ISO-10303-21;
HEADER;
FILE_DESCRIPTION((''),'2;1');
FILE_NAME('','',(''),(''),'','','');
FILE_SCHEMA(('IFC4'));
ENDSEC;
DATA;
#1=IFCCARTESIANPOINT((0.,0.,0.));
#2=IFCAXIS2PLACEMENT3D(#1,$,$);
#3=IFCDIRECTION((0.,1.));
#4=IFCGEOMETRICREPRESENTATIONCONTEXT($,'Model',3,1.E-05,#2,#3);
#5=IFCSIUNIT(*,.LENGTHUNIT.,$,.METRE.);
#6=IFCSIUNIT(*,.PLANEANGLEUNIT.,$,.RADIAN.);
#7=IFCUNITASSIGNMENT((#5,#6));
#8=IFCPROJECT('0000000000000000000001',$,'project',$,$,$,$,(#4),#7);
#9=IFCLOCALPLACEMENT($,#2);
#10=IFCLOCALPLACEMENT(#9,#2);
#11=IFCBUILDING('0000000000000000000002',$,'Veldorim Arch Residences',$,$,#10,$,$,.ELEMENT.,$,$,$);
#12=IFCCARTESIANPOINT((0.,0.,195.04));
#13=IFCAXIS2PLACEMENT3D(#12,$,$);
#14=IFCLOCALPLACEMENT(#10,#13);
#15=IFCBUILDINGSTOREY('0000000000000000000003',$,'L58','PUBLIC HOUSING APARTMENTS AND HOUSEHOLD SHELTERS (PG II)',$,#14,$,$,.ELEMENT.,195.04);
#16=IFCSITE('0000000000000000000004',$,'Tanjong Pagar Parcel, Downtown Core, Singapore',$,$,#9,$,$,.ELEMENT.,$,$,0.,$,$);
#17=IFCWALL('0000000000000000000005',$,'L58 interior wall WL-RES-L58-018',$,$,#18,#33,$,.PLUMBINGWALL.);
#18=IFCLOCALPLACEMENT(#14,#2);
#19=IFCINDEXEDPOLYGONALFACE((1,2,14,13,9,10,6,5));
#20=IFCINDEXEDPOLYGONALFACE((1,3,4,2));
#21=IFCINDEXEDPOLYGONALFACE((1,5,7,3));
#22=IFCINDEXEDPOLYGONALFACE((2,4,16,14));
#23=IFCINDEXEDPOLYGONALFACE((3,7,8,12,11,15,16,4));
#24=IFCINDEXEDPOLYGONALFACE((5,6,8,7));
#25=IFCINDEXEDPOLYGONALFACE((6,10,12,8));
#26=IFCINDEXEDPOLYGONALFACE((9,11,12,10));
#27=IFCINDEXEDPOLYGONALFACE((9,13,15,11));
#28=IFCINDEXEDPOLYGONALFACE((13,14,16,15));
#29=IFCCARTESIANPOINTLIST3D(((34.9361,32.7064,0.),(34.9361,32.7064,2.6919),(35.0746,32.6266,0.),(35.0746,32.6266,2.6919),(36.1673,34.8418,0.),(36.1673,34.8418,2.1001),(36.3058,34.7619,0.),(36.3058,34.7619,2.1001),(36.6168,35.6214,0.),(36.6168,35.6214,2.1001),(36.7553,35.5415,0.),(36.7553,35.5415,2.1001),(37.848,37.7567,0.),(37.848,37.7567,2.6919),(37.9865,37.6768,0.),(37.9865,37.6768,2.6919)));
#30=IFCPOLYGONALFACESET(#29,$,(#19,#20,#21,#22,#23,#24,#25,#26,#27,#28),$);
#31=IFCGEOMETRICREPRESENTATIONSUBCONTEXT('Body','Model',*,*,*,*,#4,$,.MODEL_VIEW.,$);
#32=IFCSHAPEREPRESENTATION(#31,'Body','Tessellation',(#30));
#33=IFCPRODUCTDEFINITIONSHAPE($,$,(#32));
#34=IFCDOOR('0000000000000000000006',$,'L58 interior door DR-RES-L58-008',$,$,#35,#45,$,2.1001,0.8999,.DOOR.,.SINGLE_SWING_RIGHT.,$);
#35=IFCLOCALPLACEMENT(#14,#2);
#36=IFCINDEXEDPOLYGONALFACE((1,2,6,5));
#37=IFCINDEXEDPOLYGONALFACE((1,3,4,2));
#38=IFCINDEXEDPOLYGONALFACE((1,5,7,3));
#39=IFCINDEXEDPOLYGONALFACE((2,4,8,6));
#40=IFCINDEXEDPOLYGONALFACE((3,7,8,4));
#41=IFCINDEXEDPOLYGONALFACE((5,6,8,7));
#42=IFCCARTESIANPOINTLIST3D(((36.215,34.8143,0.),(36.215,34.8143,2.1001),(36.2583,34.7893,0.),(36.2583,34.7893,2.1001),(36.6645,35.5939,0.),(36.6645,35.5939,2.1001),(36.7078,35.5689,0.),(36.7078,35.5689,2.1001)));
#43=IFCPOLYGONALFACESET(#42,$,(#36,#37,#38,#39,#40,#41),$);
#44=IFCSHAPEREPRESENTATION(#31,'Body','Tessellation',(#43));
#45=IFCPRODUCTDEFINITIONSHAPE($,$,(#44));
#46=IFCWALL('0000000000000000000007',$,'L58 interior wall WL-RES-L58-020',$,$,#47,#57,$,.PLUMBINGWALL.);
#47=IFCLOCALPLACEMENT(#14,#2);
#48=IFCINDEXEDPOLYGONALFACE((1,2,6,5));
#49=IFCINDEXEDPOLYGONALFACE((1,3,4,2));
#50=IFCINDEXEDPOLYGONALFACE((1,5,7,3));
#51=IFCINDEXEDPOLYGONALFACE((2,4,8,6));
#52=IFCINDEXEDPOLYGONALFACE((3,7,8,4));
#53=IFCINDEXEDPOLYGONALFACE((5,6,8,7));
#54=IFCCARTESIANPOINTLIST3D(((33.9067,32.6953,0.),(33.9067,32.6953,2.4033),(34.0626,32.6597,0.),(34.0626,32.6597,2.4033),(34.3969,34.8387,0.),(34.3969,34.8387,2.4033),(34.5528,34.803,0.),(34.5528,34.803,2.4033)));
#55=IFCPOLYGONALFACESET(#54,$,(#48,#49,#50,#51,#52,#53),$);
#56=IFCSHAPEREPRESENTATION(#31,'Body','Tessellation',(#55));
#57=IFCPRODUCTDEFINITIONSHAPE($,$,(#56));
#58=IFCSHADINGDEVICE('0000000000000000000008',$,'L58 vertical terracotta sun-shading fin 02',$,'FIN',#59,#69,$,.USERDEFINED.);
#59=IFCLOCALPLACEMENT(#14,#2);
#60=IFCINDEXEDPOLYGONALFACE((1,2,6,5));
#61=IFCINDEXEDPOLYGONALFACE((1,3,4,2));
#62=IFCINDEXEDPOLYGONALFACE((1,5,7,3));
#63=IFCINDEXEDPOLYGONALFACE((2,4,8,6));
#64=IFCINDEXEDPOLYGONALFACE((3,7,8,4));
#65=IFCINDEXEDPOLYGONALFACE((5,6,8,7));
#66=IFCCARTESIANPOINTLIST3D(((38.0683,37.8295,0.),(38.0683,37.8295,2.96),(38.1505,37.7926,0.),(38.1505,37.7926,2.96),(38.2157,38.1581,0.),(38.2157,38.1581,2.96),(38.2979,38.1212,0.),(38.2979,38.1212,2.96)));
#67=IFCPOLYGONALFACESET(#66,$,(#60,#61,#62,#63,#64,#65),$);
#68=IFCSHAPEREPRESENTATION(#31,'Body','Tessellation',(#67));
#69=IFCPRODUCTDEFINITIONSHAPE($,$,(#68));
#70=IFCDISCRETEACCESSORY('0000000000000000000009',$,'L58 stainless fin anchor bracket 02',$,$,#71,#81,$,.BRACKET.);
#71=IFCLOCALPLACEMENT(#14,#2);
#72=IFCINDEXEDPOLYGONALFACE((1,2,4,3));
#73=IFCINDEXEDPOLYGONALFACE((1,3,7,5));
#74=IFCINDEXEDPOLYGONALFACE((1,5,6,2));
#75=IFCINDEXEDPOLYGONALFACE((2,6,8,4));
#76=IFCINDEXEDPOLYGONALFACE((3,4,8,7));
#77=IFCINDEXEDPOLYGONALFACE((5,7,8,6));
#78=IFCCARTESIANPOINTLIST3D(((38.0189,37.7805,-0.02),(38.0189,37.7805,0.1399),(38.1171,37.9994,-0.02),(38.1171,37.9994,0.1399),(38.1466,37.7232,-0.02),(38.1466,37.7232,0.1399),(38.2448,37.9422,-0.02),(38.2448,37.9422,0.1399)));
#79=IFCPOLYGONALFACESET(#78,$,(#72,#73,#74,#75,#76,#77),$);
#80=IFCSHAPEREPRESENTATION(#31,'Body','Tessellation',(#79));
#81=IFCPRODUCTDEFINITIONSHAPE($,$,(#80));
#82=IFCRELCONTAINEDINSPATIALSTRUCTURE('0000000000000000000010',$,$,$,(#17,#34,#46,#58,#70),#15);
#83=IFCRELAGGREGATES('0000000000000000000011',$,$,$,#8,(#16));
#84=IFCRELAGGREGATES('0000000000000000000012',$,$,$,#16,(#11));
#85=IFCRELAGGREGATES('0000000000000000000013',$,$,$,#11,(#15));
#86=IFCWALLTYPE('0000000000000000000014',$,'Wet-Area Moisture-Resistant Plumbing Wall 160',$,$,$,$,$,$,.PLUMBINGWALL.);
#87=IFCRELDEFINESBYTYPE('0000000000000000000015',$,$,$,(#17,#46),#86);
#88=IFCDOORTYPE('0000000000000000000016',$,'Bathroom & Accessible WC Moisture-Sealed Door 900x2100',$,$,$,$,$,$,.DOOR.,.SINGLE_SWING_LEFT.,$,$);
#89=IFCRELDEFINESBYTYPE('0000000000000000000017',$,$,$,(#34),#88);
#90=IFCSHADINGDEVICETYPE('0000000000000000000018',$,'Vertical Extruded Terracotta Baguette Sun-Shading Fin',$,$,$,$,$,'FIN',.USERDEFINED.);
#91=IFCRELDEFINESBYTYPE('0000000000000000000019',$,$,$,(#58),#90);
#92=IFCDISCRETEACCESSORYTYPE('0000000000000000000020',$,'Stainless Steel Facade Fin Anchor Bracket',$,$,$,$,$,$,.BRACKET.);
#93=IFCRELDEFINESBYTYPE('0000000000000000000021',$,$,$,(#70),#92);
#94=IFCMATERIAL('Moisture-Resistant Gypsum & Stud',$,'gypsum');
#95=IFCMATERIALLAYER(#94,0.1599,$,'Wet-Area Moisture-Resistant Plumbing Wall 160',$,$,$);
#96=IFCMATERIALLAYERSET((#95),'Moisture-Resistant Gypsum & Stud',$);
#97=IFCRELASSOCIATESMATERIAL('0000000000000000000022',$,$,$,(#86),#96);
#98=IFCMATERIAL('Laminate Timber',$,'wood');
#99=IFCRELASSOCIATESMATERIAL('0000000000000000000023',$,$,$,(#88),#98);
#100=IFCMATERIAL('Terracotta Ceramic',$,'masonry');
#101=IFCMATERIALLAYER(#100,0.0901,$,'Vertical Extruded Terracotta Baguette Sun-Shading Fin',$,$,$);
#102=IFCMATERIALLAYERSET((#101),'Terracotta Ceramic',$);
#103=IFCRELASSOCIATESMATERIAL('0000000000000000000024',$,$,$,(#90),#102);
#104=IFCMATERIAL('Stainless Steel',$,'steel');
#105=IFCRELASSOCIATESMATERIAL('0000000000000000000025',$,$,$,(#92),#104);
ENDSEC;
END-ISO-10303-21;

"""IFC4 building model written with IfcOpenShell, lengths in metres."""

from ifc_helpers import new_model, si_unit, direction, frame, frame_2d, origin, origin_2d, place, context, subcontext, project, spatial, rectangle, extrude, material, layer, layer_set, type_object, element, fill, save


model = new_model("IFC4")

# Units and contexts
model_context = context("Model", 3, precision=1e-05, world=origin(), true_north=direction((0.0, 1.0)))
body_context = subcontext(model_context, "Body", "Model", "MODEL_VIEW")
ifc_project = project(units=[si_unit("LENGTHUNIT", "METRE"), si_unit("PLANEANGLEUNIT", "RADIAN")], contexts=[model_context])

# Site, building, storey
site_placement = place(None, origin())
site = spatial("IfcSite", under=ifc_project, at=site_placement, Name="Tanjong Pagar Parcel, Downtown Core, Singapore", CompositionType="ELEMENT", RefElevation=0.0)
building_placement = place(site_placement, origin())
building = spatial("IfcBuilding", under=site, at=building_placement, Name="Veldorim Arch Residences", CompositionType="ELEMENT")
storey_placement = place(building_placement, frame((0.0, 0.0, 195.04)))
storey = spatial("IfcBuildingStorey", under=building, at=storey_placement, Name="L58", Description="PUBLIC HOUSING APARTMENTS AND HOUSEHOLD SHELTERS (PG II)", CompositionType="ELEMENT", Elevation=195.04)

# Wall, opening, door
ifc_material_1 = material(Name="Moisture-Resistant Gypsum & Stud", Category="gypsum")
ifc_layer_1 = layer(ifc_material_1, 0.1599, Name="Wet-Area Moisture-Resistant Plumbing Wall 160")
ifc_layer_set_1 = layer_set([ifc_layer_1], Name="Moisture-Resistant Gypsum & Stud")
wall_type_1 = type_object("IfcWallType", Name="Wet-Area Moisture-Resistant Plumbing Wall 160", PredefinedType="PLUMBINGWALL", material=ifc_layer_set_1)
wall_1_placement = place(storey_placement, frame((35.0054, 32.6665, 0.0), z_axis=(0.0, 0.0, 1.0), x_axis=(0.499495, 0.866317, 0.0)))
wall_1 = element("IfcWall", 1, at=wall_1_placement, inside=storey, type_object=wall_type_1, Name="L58 interior wall WL-RES-L58-018", PredefinedType="PLUMBINGWALL", context=body_context, shape_type="SweptSolid", body=[
    extrude(rectangle(XDim=5.8296, YDim=0.1599, at=frame_2d((2.9148, 0.0))), origin(), (0.0, 0.0, 1.0), 2.6919),
])
opening_1_placement = place(wall_1_placement, frame((2.4648, 0.0, 0.0)))
opening_1 = element("IfcOpeningElement", 2, at=opening_1_placement, cuts=wall_1, PredefinedType="OPENING", context=body_context, shape_type="SweptSolid", body=[
    extrude(rectangle(XDim=0.8999, YDim=2.1001, at=frame_2d((0.45, 1.05))), frame((0.0, 0.0898, 0.0), z_axis=(0.0, -1.0, 0.0), x_axis=(1.0, 0.0, 0.0)), (0.0, 0.0, 1.0), 0.1799),
])
ifc_material_2 = material(Name="Laminate Timber", Category="wood")
door_type_1 = type_object("IfcDoorType", Name="Bathroom & Accessible WC Moisture-Sealed Door 900x2100", OperationType="SINGLE_SWING_LEFT", PredefinedType="DOOR", material=ifc_material_2)
door_1_placement = place(opening_1_placement, origin())
door_1 = element("IfcDoor", 3, at=door_1_placement, inside=storey, type_object=door_type_1, Name="L58 interior door DR-RES-L58-008", OperationType="SINGLE_SWING_RIGHT", OverallHeight=2.1001, OverallWidth=0.8999, PredefinedType="DOOR", context=body_context, shape_type="SweptSolid", body=[
    extrude(rectangle(XDim=0.8999, YDim=2.1001, at=frame_2d((0.45, 1.05))), frame((0.0, 0.0249, 0.0), z_axis=(0.0, -1.0, 0.0), x_axis=(1.0, 0.0, 0.0)), (0.0, 0.0, 1.0), 0.05),
])
fill(opening_1, door_1)

# Wall
wall_2_placement = place(storey_placement, frame((33.9846, 32.6775, 0.0), z_axis=(0.0, 0.0, 1.0), x_axis=(0.22297, 0.974825, 0.0)))
element("IfcWall", 4, at=wall_2_placement, inside=storey, type_object=wall_type_1, Name="L58 interior wall WL-RES-L58-020", PredefinedType="PLUMBINGWALL", context=body_context, shape_type="SweptSolid", body=[
    extrude(rectangle(XDim=2.1987, YDim=0.1599, at=frame_2d((1.0994, 0.0))), origin(), (0.0, 0.0, 1.0), 2.4033),
])

# Shading device
ifc_material_3 = material(Name="Terracotta Ceramic", Category="masonry")
ifc_layer_2 = layer(ifc_material_3, 0.0901, Name="Vertical Extruded Terracotta Baguette Sun-Shading Fin")
ifc_layer_set_2 = layer_set([ifc_layer_2], Name="Terracotta Ceramic")
shading_device_type = type_object("IfcShadingDeviceType", Name="Vertical Extruded Terracotta Baguette Sun-Shading Fin", ElementType="FIN", PredefinedType="USERDEFINED", material=ifc_layer_set_2)
shading_device_placement = place(storey_placement, frame((38.1831, 37.9753, 0.0), z_axis=(0.0, 0.0, 1.0), x_axis=(0.912477, -0.409127, 0.0)))
element("IfcShadingDevice", 5, at=shading_device_placement, inside=storey, type_object=shading_device_type, Name="L58 vertical terracotta sun-shading fin 02", ObjectType="FIN", PredefinedType="USERDEFINED", context=body_context, shape_type="SweptSolid", body=[
    extrude(rectangle(XDim=0.0901, YDim=0.3601, at=origin_2d()), origin(), (0.0, 0.0, 1.0), 2.96),
])

# Discrete accessory
ifc_material_4 = material(Name="Stainless Steel", Category="steel")
discrete_accessory_type = type_object("IfcDiscreteAccessoryType", Name="Stainless Steel Facade Fin Anchor Bracket", PredefinedType="BRACKET", material=ifc_material_4)
discrete_accessory_placement = place(storey_placement, frame((38.1318, 37.8613, -0.02), z_axis=(0.0, 0.0, 1.0), x_axis=(0.912477, -0.409127, 0.0)))
element("IfcDiscreteAccessory", 6, at=discrete_accessory_placement, inside=storey, type_object=discrete_accessory_type, Name="L58 stainless fin anchor bracket 02", PredefinedType="BRACKET", context=body_context, shape_type="SweptSolid", body=[
    extrude(rectangle(XDim=0.1399, YDim=0.24, at=origin_2d()), origin(), (0.0, 0.0, 1.0), 0.1599),
])

save(model, "model.ifc")
